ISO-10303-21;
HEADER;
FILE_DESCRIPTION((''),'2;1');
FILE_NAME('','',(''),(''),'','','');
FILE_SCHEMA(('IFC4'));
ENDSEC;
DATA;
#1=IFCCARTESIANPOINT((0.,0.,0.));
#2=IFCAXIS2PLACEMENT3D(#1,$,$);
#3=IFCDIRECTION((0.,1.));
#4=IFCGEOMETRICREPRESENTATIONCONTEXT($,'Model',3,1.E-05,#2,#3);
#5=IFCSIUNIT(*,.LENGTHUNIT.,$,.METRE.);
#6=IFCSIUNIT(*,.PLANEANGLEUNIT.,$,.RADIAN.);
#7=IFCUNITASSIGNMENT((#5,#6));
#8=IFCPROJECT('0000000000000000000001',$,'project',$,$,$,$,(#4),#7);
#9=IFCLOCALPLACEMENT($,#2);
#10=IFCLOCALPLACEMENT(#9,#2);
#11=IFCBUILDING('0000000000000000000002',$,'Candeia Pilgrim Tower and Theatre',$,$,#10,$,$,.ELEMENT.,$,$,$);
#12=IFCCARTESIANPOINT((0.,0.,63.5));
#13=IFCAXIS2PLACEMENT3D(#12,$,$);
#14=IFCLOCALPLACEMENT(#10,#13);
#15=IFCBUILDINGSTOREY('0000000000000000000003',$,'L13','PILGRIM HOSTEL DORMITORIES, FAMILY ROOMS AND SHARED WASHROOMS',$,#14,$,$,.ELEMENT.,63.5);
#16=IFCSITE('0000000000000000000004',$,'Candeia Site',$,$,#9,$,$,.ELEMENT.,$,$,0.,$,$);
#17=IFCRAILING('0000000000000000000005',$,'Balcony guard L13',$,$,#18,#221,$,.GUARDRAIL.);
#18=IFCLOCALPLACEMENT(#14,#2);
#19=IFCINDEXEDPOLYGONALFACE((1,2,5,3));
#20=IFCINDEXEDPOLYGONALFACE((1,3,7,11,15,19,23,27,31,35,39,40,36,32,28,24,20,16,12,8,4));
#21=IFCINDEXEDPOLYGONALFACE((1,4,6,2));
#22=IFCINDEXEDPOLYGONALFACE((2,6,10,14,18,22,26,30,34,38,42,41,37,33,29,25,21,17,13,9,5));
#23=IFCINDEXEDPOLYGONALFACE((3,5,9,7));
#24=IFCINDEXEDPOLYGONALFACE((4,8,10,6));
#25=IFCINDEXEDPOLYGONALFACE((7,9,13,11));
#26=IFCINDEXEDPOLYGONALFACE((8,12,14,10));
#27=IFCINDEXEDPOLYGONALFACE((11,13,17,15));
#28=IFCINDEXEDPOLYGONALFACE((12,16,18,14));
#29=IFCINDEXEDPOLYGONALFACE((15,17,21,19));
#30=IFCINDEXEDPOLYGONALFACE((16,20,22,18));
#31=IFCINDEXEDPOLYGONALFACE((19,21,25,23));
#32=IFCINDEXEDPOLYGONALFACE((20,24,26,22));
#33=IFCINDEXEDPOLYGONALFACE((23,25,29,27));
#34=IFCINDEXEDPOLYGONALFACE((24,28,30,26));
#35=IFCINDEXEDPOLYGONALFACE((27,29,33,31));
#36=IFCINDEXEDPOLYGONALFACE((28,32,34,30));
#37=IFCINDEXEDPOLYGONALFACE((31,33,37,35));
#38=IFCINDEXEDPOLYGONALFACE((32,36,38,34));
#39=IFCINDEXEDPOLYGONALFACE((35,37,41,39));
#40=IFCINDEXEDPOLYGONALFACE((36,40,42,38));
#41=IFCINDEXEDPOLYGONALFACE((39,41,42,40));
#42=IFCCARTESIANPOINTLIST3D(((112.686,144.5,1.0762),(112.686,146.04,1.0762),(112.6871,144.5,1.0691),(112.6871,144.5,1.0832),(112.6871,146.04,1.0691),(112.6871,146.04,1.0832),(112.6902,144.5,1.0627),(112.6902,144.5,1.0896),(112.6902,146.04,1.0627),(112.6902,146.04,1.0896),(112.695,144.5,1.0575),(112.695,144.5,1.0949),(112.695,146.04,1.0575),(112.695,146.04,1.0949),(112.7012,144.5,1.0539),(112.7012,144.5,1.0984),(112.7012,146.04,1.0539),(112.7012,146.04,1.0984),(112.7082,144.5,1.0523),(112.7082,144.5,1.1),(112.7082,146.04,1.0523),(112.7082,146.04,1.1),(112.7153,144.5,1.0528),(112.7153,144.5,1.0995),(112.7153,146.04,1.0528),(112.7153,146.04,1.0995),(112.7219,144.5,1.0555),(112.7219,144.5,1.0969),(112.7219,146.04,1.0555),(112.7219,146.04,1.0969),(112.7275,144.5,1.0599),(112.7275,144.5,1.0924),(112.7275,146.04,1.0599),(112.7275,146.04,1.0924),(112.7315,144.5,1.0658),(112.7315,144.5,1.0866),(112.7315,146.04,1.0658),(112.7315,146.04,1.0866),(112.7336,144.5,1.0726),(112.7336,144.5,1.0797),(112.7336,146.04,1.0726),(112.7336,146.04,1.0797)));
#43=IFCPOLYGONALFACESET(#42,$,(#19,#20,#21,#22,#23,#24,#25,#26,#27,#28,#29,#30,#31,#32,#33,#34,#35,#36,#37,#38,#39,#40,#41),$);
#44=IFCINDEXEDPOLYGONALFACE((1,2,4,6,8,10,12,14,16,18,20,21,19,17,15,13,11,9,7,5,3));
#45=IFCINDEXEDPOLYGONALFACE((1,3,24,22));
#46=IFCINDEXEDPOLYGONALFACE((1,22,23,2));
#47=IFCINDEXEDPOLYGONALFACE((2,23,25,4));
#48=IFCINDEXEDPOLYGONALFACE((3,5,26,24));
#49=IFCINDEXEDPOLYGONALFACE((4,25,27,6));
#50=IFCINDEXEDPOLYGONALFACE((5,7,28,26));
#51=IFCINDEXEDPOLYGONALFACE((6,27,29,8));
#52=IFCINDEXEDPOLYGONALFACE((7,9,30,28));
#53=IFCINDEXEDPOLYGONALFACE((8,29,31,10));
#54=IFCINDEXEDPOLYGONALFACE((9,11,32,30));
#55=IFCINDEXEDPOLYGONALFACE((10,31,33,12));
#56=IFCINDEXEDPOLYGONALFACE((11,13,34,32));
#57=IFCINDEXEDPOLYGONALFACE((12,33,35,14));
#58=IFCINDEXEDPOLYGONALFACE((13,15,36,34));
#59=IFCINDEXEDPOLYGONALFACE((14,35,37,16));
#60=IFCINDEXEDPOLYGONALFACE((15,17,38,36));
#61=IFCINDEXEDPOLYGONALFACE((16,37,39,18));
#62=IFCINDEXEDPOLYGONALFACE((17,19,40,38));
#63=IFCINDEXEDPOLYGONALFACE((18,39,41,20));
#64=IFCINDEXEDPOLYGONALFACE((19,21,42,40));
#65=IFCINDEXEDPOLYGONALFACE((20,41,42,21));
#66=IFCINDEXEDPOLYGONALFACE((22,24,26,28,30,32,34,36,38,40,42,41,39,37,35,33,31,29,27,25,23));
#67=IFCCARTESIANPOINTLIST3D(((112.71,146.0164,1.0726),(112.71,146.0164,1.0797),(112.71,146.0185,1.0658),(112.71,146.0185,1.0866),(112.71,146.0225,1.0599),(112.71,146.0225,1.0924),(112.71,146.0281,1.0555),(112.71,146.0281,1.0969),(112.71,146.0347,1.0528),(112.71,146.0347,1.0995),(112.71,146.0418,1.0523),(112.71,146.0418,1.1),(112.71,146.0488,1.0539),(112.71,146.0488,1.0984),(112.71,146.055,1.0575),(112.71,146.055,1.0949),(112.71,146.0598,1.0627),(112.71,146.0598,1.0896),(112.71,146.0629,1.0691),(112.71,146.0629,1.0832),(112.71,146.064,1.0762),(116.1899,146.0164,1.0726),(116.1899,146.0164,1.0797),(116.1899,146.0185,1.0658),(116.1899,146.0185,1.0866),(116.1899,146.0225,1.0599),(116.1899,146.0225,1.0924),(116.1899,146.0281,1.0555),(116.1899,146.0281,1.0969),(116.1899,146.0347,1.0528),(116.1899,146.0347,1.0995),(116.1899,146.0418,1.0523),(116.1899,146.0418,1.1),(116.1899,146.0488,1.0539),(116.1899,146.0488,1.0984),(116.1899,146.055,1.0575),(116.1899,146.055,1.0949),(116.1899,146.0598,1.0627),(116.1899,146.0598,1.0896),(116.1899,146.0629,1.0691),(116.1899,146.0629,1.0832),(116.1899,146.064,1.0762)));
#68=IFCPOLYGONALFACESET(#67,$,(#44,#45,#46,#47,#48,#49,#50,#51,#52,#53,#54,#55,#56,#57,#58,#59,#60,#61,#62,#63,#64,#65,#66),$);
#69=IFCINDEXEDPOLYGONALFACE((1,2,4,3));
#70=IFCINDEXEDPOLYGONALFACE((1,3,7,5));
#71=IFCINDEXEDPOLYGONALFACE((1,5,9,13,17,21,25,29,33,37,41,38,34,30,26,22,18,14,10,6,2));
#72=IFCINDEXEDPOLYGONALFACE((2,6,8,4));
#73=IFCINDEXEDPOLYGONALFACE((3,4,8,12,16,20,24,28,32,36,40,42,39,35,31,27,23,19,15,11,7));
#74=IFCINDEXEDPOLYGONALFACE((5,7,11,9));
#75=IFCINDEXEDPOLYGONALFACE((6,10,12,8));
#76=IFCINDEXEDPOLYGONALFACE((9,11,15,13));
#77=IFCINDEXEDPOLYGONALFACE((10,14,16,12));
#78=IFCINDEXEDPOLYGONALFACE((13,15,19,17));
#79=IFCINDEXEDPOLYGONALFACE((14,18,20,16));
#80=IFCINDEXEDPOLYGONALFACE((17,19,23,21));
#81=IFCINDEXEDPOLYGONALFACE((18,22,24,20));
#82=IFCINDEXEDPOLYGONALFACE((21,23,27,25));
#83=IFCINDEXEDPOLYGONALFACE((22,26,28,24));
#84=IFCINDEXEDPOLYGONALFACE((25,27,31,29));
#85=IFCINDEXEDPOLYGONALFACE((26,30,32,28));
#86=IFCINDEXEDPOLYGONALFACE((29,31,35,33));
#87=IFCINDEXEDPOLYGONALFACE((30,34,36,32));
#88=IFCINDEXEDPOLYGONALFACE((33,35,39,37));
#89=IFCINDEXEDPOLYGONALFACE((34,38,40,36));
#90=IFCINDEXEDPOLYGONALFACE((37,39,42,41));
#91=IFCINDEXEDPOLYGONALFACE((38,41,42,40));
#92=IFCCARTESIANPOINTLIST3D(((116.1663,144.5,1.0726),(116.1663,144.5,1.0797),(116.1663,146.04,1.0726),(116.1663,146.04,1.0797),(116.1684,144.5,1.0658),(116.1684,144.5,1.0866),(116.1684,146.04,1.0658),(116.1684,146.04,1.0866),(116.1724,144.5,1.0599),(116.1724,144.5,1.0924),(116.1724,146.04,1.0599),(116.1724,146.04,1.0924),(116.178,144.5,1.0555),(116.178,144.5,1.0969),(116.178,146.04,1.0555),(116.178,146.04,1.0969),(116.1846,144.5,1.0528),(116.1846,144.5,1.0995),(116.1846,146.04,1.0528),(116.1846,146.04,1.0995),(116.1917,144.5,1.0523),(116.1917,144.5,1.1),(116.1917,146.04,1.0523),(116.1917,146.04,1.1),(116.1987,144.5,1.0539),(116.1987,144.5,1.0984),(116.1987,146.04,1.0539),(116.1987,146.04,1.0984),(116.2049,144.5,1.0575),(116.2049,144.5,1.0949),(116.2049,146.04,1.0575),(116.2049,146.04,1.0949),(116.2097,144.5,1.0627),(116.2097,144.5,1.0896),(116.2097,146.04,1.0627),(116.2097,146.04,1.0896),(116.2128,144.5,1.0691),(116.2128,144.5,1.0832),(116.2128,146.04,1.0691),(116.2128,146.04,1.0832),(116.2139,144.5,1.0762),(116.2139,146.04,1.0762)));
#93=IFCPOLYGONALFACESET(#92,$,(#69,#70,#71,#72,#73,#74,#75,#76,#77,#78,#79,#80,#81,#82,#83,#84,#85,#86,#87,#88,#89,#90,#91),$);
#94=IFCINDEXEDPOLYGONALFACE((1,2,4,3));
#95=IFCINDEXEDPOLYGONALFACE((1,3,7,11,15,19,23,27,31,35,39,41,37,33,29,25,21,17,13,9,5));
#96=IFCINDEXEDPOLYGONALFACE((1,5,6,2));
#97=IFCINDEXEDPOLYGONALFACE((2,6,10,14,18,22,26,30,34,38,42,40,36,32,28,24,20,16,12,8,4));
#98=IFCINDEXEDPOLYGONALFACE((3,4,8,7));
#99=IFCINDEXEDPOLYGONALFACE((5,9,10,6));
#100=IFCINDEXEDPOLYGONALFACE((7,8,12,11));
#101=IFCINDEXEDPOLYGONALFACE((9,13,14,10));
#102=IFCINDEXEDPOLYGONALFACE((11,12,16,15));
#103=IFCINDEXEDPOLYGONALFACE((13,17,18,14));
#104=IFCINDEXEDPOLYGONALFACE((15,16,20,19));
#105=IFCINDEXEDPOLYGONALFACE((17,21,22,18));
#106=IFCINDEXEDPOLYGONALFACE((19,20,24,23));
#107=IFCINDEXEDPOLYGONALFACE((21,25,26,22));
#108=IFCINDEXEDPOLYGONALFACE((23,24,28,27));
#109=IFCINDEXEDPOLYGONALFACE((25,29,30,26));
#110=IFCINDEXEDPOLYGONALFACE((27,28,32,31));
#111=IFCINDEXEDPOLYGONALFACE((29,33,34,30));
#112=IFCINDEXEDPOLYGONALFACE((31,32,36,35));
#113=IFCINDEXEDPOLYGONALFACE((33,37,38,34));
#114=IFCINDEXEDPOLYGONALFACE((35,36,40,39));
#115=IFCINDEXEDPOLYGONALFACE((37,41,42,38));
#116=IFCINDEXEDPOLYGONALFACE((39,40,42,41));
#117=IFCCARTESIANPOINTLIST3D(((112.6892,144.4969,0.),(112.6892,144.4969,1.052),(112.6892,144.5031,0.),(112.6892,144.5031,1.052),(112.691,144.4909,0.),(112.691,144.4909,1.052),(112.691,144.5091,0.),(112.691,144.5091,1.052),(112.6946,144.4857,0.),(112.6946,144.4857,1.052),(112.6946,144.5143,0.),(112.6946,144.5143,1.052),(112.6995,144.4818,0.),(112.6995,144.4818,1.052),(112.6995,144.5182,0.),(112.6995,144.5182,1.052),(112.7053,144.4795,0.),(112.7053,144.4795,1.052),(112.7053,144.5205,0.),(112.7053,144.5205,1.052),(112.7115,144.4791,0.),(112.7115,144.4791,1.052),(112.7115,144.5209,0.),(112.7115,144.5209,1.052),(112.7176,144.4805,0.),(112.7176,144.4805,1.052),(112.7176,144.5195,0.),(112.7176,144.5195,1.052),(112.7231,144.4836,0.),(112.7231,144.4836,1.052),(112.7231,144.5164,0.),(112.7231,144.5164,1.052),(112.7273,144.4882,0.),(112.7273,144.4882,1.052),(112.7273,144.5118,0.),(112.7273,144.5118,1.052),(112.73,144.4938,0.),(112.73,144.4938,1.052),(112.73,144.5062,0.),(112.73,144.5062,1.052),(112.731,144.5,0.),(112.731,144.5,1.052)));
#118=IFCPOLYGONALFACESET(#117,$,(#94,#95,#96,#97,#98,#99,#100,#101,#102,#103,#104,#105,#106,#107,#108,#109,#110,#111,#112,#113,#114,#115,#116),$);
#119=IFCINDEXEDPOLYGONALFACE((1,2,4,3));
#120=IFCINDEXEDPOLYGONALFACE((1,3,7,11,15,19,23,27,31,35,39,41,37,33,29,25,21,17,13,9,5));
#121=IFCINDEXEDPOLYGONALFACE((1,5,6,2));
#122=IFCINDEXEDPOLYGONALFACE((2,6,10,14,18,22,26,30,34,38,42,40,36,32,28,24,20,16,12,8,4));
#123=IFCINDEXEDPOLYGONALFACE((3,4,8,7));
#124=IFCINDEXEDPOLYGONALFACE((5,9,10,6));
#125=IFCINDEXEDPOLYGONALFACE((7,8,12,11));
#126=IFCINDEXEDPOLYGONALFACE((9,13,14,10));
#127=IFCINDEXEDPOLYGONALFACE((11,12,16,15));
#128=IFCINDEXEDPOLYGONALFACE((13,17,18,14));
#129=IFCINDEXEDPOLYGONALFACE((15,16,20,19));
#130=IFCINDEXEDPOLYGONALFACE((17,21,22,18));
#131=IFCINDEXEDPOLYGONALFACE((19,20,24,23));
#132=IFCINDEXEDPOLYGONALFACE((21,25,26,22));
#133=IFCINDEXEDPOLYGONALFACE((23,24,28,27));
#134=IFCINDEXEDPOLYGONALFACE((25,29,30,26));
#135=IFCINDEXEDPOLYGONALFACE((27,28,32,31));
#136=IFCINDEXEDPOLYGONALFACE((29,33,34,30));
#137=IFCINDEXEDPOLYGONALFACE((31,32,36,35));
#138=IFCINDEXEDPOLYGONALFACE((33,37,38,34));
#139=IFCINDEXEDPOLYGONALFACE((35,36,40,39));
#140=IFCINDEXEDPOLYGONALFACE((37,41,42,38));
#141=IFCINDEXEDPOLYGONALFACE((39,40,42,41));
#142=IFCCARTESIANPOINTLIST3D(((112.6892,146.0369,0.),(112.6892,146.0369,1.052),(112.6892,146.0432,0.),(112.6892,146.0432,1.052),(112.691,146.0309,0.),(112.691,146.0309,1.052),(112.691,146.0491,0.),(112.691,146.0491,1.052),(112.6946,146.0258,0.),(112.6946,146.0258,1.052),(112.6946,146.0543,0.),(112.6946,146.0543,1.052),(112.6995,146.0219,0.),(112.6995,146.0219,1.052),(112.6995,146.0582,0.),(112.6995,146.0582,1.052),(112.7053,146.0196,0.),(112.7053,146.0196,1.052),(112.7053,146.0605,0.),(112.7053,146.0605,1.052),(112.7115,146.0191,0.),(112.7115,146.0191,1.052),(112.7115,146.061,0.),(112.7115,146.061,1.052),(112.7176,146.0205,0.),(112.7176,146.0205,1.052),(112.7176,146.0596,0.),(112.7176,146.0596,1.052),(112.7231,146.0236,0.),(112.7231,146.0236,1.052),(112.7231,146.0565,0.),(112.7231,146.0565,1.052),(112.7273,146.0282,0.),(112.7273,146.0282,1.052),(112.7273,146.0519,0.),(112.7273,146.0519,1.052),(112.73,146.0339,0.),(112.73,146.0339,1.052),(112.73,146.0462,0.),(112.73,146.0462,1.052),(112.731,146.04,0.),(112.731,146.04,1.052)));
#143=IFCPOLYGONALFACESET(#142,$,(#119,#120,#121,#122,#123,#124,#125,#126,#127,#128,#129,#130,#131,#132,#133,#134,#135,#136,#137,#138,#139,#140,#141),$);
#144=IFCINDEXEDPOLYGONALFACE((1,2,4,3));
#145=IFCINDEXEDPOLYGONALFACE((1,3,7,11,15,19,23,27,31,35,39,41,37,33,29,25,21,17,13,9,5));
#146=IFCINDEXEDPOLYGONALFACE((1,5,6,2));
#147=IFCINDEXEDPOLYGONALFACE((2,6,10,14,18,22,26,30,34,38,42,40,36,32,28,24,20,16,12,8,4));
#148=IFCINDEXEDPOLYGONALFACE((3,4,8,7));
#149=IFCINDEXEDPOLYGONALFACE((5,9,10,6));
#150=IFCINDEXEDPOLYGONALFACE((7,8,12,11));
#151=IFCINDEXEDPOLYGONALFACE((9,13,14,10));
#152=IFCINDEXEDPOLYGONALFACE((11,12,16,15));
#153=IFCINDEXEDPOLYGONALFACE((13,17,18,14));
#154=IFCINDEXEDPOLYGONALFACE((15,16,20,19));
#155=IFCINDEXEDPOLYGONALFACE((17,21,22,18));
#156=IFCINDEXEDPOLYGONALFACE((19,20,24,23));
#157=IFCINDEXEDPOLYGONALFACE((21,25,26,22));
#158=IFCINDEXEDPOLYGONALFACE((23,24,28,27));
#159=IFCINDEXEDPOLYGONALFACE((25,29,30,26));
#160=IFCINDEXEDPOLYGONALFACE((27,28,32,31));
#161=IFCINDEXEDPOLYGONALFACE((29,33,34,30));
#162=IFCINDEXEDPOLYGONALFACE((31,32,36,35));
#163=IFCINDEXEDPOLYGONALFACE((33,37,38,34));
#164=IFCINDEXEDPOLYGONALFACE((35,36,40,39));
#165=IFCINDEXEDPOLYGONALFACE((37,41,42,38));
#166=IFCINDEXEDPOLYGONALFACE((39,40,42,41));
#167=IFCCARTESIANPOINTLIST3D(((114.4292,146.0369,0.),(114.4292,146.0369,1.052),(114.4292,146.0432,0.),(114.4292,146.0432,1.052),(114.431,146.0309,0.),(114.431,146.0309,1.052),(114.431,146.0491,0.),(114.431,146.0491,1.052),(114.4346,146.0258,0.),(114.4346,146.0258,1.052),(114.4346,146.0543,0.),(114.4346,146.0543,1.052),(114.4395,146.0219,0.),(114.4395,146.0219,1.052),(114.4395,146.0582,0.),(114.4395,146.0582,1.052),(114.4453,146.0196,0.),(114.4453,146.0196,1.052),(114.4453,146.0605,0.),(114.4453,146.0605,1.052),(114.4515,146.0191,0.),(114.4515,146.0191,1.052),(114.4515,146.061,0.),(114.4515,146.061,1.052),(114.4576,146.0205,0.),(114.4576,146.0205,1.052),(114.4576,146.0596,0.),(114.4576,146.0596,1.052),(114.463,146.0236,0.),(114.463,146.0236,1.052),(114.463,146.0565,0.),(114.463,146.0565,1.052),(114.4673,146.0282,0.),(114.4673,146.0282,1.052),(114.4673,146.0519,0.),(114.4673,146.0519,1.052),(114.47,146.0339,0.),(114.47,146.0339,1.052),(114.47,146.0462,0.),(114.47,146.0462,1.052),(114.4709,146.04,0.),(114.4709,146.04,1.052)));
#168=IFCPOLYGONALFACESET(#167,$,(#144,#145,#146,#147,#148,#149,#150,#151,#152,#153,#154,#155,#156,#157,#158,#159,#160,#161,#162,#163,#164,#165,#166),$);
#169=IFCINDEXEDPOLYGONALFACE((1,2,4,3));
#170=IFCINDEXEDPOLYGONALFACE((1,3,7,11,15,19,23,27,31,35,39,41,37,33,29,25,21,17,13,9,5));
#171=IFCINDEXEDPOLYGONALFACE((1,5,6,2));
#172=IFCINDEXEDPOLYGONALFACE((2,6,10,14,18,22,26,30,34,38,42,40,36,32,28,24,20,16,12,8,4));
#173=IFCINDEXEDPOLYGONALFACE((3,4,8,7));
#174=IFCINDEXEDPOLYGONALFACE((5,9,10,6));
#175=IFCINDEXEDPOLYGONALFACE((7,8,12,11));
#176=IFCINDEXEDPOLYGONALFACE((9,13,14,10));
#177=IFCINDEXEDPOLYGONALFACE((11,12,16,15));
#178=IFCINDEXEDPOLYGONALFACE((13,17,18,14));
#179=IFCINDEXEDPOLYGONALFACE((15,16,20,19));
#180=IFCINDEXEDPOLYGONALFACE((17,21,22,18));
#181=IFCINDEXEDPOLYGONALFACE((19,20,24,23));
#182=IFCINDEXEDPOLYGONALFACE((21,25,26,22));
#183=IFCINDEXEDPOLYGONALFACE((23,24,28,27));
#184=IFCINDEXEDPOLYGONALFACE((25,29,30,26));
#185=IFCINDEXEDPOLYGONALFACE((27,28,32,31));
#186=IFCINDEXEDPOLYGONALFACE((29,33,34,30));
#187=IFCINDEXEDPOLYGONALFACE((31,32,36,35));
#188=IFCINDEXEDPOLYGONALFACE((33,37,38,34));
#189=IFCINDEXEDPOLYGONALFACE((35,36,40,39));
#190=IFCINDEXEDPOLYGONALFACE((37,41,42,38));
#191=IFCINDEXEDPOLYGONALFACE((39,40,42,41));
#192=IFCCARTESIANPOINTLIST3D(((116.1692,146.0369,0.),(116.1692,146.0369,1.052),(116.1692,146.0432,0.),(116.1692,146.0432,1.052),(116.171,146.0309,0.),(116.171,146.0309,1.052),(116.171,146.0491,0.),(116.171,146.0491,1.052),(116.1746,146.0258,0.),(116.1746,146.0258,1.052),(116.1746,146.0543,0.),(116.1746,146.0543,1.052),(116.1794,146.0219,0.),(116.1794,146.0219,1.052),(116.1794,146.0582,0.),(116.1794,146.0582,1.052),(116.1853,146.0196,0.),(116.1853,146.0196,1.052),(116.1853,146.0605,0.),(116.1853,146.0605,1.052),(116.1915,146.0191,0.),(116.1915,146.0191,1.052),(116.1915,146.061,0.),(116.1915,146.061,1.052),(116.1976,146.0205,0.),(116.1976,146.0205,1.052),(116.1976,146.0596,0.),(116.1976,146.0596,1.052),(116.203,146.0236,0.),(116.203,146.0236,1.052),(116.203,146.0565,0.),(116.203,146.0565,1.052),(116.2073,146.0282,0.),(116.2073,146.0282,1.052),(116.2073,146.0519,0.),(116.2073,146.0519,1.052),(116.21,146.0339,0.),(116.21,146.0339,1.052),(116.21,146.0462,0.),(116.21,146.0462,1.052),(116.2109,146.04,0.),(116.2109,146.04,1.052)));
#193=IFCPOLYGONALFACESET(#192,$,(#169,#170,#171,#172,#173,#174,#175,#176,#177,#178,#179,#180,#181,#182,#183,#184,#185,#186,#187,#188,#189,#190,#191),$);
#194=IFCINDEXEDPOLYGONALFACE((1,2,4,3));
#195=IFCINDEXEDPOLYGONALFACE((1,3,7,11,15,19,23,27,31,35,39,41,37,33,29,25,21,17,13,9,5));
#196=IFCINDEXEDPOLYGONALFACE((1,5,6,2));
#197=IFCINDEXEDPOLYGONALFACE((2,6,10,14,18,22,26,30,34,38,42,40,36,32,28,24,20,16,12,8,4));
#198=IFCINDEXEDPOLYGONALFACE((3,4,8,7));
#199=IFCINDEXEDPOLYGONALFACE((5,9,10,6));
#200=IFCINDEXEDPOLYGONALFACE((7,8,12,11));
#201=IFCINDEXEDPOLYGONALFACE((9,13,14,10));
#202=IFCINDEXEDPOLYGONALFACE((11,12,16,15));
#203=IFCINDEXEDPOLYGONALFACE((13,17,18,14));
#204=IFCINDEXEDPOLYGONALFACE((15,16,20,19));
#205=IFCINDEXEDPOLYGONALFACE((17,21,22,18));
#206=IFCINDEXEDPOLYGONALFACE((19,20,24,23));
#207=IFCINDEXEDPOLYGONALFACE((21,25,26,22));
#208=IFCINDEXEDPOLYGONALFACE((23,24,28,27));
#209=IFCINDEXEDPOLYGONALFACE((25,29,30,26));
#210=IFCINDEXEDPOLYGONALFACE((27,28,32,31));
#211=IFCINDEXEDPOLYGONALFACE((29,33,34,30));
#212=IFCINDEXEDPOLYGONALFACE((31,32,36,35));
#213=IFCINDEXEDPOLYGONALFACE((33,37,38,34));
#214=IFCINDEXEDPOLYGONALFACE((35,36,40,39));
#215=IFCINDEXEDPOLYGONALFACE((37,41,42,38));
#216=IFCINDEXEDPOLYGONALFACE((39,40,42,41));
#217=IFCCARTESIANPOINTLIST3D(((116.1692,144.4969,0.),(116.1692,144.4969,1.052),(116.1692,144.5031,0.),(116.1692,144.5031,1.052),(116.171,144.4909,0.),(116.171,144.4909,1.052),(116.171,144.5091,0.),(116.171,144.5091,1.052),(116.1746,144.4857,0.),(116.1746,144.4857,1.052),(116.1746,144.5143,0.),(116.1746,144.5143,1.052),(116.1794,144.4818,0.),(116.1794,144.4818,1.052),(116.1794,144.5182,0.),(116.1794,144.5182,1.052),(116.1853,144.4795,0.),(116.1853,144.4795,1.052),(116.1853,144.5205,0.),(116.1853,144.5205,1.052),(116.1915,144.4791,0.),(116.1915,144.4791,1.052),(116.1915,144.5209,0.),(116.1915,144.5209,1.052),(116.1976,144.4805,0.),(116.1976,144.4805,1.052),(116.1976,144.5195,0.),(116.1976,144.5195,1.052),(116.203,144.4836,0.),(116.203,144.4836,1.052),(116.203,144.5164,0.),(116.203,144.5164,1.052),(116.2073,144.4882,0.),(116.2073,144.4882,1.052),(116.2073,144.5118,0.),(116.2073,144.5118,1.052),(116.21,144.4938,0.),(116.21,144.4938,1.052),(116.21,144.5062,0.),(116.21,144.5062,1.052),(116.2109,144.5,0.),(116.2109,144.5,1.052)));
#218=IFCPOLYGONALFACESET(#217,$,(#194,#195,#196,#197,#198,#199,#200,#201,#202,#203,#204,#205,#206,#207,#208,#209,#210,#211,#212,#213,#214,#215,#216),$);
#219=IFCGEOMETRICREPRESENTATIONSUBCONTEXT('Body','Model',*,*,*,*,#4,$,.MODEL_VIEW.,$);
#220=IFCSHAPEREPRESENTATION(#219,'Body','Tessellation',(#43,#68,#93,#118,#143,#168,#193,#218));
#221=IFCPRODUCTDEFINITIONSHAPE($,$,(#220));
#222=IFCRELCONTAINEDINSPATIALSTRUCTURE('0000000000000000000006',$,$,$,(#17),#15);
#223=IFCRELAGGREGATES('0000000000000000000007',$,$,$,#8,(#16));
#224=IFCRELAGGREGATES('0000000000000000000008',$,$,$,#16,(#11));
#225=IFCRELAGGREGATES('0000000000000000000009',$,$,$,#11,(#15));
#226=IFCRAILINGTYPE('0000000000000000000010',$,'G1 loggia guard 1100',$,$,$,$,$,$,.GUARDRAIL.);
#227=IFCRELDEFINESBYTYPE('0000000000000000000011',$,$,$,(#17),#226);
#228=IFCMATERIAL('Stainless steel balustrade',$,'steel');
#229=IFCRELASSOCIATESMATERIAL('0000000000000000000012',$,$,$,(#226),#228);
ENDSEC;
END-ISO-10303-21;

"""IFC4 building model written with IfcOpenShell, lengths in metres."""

from ifc_helpers import new_model, si_unit, direction, frame, origin, origin_2d, place, context, subcontext, project, spatial, circle, extrude, material, type_object, element, save


model = new_model("IFC4")

# Units and contexts
model_context = context("Model", 3, precision=1e-05, world=origin(), true_north=direction((0.0, 1.0)))
body_context = subcontext(model_context, "Body", "Model", "MODEL_VIEW")
ifc_project = project(units=[si_unit("LENGTHUNIT", "METRE"), si_unit("PLANEANGLEUNIT", "RADIAN")], contexts=[model_context])

# Site, building, storey
site_placement = place(None, origin())
site = spatial("IfcSite", under=ifc_project, at=site_placement, Name="Candeia Site", CompositionType="ELEMENT", RefElevation=0.0)
building_placement = place(site_placement, origin())
building = spatial("IfcBuilding", under=site, at=building_placement, Name="Candeia Pilgrim Tower and Theatre", CompositionType="ELEMENT")
storey_placement = place(building_placement, frame((0.0, 0.0, 63.5)))
storey = spatial("IfcBuildingStorey", under=building, at=storey_placement, Name="L13", Description="PILGRIM HOSTEL DORMITORIES, FAMILY ROOMS AND SHARED WASHROOMS", CompositionType="ELEMENT", Elevation=63.5)

# Railing
ifc_material_1 = material(Name="Stainless steel balustrade", Category="steel")
railing_type = type_object("IfcRailingType", Name="G1 loggia guard 1100", PredefinedType="GUARDRAIL", material=ifc_material_1)
railing_placement = place(storey_placement, frame((112.71, 144.5, 0.0)))
element("IfcRailing", 1, at=railing_placement, inside=storey, type_object=railing_type, Name="Balcony guard L13", PredefinedType="GUARDRAIL", context=body_context, shape_type="SweptSolid", body=[
    extrude(circle(Radius=0.0239, at=origin_2d()), frame((0.0, 0.0, 1.0762), z_axis=(0.0, 1.0, 0.0), x_axis=(-1.0, 0.0, 0.0)), (0.0, 0.0, 1.0), 1.54),
    extrude(circle(Radius=0.0239, at=origin_2d()), frame((0.0, 1.54, 1.0762), z_axis=(1.0, 0.0, 0.0), x_axis=(0.0, 1.0, 0.0)), (0.0, 0.0, 1.0), 3.48),
    extrude(circle(Radius=0.0239, at=origin_2d()), frame((3.48, 1.54, 1.0762), z_axis=(0.0, -1.0, 0.0), x_axis=(1.0, 0.0, 0.0)), (0.0, 0.0, 1.0), 1.54),
    extrude(circle(Radius=0.021, at=origin_2d()), origin(), (0.0, 0.0, 1.0), 1.052),
    extrude(circle(Radius=0.021, at=origin_2d()), frame((0.0, 1.54, 0.0)), (0.0, 0.0, 1.0), 1.052),
    extrude(circle(Radius=0.021, at=origin_2d()), frame((1.74, 1.54, 0.0)), (0.0, 0.0, 1.0), 1.052),
    extrude(circle(Radius=0.021, at=origin_2d()), frame((3.48, 1.54, 0.0)), (0.0, 0.0, 1.0), 1.052),
    extrude(circle(Radius=0.021, at=origin_2d()), frame((3.48, 0.0, 0.0)), (0.0, 0.0, 1.0), 1.052),
])

save(model, "model.ifc")
